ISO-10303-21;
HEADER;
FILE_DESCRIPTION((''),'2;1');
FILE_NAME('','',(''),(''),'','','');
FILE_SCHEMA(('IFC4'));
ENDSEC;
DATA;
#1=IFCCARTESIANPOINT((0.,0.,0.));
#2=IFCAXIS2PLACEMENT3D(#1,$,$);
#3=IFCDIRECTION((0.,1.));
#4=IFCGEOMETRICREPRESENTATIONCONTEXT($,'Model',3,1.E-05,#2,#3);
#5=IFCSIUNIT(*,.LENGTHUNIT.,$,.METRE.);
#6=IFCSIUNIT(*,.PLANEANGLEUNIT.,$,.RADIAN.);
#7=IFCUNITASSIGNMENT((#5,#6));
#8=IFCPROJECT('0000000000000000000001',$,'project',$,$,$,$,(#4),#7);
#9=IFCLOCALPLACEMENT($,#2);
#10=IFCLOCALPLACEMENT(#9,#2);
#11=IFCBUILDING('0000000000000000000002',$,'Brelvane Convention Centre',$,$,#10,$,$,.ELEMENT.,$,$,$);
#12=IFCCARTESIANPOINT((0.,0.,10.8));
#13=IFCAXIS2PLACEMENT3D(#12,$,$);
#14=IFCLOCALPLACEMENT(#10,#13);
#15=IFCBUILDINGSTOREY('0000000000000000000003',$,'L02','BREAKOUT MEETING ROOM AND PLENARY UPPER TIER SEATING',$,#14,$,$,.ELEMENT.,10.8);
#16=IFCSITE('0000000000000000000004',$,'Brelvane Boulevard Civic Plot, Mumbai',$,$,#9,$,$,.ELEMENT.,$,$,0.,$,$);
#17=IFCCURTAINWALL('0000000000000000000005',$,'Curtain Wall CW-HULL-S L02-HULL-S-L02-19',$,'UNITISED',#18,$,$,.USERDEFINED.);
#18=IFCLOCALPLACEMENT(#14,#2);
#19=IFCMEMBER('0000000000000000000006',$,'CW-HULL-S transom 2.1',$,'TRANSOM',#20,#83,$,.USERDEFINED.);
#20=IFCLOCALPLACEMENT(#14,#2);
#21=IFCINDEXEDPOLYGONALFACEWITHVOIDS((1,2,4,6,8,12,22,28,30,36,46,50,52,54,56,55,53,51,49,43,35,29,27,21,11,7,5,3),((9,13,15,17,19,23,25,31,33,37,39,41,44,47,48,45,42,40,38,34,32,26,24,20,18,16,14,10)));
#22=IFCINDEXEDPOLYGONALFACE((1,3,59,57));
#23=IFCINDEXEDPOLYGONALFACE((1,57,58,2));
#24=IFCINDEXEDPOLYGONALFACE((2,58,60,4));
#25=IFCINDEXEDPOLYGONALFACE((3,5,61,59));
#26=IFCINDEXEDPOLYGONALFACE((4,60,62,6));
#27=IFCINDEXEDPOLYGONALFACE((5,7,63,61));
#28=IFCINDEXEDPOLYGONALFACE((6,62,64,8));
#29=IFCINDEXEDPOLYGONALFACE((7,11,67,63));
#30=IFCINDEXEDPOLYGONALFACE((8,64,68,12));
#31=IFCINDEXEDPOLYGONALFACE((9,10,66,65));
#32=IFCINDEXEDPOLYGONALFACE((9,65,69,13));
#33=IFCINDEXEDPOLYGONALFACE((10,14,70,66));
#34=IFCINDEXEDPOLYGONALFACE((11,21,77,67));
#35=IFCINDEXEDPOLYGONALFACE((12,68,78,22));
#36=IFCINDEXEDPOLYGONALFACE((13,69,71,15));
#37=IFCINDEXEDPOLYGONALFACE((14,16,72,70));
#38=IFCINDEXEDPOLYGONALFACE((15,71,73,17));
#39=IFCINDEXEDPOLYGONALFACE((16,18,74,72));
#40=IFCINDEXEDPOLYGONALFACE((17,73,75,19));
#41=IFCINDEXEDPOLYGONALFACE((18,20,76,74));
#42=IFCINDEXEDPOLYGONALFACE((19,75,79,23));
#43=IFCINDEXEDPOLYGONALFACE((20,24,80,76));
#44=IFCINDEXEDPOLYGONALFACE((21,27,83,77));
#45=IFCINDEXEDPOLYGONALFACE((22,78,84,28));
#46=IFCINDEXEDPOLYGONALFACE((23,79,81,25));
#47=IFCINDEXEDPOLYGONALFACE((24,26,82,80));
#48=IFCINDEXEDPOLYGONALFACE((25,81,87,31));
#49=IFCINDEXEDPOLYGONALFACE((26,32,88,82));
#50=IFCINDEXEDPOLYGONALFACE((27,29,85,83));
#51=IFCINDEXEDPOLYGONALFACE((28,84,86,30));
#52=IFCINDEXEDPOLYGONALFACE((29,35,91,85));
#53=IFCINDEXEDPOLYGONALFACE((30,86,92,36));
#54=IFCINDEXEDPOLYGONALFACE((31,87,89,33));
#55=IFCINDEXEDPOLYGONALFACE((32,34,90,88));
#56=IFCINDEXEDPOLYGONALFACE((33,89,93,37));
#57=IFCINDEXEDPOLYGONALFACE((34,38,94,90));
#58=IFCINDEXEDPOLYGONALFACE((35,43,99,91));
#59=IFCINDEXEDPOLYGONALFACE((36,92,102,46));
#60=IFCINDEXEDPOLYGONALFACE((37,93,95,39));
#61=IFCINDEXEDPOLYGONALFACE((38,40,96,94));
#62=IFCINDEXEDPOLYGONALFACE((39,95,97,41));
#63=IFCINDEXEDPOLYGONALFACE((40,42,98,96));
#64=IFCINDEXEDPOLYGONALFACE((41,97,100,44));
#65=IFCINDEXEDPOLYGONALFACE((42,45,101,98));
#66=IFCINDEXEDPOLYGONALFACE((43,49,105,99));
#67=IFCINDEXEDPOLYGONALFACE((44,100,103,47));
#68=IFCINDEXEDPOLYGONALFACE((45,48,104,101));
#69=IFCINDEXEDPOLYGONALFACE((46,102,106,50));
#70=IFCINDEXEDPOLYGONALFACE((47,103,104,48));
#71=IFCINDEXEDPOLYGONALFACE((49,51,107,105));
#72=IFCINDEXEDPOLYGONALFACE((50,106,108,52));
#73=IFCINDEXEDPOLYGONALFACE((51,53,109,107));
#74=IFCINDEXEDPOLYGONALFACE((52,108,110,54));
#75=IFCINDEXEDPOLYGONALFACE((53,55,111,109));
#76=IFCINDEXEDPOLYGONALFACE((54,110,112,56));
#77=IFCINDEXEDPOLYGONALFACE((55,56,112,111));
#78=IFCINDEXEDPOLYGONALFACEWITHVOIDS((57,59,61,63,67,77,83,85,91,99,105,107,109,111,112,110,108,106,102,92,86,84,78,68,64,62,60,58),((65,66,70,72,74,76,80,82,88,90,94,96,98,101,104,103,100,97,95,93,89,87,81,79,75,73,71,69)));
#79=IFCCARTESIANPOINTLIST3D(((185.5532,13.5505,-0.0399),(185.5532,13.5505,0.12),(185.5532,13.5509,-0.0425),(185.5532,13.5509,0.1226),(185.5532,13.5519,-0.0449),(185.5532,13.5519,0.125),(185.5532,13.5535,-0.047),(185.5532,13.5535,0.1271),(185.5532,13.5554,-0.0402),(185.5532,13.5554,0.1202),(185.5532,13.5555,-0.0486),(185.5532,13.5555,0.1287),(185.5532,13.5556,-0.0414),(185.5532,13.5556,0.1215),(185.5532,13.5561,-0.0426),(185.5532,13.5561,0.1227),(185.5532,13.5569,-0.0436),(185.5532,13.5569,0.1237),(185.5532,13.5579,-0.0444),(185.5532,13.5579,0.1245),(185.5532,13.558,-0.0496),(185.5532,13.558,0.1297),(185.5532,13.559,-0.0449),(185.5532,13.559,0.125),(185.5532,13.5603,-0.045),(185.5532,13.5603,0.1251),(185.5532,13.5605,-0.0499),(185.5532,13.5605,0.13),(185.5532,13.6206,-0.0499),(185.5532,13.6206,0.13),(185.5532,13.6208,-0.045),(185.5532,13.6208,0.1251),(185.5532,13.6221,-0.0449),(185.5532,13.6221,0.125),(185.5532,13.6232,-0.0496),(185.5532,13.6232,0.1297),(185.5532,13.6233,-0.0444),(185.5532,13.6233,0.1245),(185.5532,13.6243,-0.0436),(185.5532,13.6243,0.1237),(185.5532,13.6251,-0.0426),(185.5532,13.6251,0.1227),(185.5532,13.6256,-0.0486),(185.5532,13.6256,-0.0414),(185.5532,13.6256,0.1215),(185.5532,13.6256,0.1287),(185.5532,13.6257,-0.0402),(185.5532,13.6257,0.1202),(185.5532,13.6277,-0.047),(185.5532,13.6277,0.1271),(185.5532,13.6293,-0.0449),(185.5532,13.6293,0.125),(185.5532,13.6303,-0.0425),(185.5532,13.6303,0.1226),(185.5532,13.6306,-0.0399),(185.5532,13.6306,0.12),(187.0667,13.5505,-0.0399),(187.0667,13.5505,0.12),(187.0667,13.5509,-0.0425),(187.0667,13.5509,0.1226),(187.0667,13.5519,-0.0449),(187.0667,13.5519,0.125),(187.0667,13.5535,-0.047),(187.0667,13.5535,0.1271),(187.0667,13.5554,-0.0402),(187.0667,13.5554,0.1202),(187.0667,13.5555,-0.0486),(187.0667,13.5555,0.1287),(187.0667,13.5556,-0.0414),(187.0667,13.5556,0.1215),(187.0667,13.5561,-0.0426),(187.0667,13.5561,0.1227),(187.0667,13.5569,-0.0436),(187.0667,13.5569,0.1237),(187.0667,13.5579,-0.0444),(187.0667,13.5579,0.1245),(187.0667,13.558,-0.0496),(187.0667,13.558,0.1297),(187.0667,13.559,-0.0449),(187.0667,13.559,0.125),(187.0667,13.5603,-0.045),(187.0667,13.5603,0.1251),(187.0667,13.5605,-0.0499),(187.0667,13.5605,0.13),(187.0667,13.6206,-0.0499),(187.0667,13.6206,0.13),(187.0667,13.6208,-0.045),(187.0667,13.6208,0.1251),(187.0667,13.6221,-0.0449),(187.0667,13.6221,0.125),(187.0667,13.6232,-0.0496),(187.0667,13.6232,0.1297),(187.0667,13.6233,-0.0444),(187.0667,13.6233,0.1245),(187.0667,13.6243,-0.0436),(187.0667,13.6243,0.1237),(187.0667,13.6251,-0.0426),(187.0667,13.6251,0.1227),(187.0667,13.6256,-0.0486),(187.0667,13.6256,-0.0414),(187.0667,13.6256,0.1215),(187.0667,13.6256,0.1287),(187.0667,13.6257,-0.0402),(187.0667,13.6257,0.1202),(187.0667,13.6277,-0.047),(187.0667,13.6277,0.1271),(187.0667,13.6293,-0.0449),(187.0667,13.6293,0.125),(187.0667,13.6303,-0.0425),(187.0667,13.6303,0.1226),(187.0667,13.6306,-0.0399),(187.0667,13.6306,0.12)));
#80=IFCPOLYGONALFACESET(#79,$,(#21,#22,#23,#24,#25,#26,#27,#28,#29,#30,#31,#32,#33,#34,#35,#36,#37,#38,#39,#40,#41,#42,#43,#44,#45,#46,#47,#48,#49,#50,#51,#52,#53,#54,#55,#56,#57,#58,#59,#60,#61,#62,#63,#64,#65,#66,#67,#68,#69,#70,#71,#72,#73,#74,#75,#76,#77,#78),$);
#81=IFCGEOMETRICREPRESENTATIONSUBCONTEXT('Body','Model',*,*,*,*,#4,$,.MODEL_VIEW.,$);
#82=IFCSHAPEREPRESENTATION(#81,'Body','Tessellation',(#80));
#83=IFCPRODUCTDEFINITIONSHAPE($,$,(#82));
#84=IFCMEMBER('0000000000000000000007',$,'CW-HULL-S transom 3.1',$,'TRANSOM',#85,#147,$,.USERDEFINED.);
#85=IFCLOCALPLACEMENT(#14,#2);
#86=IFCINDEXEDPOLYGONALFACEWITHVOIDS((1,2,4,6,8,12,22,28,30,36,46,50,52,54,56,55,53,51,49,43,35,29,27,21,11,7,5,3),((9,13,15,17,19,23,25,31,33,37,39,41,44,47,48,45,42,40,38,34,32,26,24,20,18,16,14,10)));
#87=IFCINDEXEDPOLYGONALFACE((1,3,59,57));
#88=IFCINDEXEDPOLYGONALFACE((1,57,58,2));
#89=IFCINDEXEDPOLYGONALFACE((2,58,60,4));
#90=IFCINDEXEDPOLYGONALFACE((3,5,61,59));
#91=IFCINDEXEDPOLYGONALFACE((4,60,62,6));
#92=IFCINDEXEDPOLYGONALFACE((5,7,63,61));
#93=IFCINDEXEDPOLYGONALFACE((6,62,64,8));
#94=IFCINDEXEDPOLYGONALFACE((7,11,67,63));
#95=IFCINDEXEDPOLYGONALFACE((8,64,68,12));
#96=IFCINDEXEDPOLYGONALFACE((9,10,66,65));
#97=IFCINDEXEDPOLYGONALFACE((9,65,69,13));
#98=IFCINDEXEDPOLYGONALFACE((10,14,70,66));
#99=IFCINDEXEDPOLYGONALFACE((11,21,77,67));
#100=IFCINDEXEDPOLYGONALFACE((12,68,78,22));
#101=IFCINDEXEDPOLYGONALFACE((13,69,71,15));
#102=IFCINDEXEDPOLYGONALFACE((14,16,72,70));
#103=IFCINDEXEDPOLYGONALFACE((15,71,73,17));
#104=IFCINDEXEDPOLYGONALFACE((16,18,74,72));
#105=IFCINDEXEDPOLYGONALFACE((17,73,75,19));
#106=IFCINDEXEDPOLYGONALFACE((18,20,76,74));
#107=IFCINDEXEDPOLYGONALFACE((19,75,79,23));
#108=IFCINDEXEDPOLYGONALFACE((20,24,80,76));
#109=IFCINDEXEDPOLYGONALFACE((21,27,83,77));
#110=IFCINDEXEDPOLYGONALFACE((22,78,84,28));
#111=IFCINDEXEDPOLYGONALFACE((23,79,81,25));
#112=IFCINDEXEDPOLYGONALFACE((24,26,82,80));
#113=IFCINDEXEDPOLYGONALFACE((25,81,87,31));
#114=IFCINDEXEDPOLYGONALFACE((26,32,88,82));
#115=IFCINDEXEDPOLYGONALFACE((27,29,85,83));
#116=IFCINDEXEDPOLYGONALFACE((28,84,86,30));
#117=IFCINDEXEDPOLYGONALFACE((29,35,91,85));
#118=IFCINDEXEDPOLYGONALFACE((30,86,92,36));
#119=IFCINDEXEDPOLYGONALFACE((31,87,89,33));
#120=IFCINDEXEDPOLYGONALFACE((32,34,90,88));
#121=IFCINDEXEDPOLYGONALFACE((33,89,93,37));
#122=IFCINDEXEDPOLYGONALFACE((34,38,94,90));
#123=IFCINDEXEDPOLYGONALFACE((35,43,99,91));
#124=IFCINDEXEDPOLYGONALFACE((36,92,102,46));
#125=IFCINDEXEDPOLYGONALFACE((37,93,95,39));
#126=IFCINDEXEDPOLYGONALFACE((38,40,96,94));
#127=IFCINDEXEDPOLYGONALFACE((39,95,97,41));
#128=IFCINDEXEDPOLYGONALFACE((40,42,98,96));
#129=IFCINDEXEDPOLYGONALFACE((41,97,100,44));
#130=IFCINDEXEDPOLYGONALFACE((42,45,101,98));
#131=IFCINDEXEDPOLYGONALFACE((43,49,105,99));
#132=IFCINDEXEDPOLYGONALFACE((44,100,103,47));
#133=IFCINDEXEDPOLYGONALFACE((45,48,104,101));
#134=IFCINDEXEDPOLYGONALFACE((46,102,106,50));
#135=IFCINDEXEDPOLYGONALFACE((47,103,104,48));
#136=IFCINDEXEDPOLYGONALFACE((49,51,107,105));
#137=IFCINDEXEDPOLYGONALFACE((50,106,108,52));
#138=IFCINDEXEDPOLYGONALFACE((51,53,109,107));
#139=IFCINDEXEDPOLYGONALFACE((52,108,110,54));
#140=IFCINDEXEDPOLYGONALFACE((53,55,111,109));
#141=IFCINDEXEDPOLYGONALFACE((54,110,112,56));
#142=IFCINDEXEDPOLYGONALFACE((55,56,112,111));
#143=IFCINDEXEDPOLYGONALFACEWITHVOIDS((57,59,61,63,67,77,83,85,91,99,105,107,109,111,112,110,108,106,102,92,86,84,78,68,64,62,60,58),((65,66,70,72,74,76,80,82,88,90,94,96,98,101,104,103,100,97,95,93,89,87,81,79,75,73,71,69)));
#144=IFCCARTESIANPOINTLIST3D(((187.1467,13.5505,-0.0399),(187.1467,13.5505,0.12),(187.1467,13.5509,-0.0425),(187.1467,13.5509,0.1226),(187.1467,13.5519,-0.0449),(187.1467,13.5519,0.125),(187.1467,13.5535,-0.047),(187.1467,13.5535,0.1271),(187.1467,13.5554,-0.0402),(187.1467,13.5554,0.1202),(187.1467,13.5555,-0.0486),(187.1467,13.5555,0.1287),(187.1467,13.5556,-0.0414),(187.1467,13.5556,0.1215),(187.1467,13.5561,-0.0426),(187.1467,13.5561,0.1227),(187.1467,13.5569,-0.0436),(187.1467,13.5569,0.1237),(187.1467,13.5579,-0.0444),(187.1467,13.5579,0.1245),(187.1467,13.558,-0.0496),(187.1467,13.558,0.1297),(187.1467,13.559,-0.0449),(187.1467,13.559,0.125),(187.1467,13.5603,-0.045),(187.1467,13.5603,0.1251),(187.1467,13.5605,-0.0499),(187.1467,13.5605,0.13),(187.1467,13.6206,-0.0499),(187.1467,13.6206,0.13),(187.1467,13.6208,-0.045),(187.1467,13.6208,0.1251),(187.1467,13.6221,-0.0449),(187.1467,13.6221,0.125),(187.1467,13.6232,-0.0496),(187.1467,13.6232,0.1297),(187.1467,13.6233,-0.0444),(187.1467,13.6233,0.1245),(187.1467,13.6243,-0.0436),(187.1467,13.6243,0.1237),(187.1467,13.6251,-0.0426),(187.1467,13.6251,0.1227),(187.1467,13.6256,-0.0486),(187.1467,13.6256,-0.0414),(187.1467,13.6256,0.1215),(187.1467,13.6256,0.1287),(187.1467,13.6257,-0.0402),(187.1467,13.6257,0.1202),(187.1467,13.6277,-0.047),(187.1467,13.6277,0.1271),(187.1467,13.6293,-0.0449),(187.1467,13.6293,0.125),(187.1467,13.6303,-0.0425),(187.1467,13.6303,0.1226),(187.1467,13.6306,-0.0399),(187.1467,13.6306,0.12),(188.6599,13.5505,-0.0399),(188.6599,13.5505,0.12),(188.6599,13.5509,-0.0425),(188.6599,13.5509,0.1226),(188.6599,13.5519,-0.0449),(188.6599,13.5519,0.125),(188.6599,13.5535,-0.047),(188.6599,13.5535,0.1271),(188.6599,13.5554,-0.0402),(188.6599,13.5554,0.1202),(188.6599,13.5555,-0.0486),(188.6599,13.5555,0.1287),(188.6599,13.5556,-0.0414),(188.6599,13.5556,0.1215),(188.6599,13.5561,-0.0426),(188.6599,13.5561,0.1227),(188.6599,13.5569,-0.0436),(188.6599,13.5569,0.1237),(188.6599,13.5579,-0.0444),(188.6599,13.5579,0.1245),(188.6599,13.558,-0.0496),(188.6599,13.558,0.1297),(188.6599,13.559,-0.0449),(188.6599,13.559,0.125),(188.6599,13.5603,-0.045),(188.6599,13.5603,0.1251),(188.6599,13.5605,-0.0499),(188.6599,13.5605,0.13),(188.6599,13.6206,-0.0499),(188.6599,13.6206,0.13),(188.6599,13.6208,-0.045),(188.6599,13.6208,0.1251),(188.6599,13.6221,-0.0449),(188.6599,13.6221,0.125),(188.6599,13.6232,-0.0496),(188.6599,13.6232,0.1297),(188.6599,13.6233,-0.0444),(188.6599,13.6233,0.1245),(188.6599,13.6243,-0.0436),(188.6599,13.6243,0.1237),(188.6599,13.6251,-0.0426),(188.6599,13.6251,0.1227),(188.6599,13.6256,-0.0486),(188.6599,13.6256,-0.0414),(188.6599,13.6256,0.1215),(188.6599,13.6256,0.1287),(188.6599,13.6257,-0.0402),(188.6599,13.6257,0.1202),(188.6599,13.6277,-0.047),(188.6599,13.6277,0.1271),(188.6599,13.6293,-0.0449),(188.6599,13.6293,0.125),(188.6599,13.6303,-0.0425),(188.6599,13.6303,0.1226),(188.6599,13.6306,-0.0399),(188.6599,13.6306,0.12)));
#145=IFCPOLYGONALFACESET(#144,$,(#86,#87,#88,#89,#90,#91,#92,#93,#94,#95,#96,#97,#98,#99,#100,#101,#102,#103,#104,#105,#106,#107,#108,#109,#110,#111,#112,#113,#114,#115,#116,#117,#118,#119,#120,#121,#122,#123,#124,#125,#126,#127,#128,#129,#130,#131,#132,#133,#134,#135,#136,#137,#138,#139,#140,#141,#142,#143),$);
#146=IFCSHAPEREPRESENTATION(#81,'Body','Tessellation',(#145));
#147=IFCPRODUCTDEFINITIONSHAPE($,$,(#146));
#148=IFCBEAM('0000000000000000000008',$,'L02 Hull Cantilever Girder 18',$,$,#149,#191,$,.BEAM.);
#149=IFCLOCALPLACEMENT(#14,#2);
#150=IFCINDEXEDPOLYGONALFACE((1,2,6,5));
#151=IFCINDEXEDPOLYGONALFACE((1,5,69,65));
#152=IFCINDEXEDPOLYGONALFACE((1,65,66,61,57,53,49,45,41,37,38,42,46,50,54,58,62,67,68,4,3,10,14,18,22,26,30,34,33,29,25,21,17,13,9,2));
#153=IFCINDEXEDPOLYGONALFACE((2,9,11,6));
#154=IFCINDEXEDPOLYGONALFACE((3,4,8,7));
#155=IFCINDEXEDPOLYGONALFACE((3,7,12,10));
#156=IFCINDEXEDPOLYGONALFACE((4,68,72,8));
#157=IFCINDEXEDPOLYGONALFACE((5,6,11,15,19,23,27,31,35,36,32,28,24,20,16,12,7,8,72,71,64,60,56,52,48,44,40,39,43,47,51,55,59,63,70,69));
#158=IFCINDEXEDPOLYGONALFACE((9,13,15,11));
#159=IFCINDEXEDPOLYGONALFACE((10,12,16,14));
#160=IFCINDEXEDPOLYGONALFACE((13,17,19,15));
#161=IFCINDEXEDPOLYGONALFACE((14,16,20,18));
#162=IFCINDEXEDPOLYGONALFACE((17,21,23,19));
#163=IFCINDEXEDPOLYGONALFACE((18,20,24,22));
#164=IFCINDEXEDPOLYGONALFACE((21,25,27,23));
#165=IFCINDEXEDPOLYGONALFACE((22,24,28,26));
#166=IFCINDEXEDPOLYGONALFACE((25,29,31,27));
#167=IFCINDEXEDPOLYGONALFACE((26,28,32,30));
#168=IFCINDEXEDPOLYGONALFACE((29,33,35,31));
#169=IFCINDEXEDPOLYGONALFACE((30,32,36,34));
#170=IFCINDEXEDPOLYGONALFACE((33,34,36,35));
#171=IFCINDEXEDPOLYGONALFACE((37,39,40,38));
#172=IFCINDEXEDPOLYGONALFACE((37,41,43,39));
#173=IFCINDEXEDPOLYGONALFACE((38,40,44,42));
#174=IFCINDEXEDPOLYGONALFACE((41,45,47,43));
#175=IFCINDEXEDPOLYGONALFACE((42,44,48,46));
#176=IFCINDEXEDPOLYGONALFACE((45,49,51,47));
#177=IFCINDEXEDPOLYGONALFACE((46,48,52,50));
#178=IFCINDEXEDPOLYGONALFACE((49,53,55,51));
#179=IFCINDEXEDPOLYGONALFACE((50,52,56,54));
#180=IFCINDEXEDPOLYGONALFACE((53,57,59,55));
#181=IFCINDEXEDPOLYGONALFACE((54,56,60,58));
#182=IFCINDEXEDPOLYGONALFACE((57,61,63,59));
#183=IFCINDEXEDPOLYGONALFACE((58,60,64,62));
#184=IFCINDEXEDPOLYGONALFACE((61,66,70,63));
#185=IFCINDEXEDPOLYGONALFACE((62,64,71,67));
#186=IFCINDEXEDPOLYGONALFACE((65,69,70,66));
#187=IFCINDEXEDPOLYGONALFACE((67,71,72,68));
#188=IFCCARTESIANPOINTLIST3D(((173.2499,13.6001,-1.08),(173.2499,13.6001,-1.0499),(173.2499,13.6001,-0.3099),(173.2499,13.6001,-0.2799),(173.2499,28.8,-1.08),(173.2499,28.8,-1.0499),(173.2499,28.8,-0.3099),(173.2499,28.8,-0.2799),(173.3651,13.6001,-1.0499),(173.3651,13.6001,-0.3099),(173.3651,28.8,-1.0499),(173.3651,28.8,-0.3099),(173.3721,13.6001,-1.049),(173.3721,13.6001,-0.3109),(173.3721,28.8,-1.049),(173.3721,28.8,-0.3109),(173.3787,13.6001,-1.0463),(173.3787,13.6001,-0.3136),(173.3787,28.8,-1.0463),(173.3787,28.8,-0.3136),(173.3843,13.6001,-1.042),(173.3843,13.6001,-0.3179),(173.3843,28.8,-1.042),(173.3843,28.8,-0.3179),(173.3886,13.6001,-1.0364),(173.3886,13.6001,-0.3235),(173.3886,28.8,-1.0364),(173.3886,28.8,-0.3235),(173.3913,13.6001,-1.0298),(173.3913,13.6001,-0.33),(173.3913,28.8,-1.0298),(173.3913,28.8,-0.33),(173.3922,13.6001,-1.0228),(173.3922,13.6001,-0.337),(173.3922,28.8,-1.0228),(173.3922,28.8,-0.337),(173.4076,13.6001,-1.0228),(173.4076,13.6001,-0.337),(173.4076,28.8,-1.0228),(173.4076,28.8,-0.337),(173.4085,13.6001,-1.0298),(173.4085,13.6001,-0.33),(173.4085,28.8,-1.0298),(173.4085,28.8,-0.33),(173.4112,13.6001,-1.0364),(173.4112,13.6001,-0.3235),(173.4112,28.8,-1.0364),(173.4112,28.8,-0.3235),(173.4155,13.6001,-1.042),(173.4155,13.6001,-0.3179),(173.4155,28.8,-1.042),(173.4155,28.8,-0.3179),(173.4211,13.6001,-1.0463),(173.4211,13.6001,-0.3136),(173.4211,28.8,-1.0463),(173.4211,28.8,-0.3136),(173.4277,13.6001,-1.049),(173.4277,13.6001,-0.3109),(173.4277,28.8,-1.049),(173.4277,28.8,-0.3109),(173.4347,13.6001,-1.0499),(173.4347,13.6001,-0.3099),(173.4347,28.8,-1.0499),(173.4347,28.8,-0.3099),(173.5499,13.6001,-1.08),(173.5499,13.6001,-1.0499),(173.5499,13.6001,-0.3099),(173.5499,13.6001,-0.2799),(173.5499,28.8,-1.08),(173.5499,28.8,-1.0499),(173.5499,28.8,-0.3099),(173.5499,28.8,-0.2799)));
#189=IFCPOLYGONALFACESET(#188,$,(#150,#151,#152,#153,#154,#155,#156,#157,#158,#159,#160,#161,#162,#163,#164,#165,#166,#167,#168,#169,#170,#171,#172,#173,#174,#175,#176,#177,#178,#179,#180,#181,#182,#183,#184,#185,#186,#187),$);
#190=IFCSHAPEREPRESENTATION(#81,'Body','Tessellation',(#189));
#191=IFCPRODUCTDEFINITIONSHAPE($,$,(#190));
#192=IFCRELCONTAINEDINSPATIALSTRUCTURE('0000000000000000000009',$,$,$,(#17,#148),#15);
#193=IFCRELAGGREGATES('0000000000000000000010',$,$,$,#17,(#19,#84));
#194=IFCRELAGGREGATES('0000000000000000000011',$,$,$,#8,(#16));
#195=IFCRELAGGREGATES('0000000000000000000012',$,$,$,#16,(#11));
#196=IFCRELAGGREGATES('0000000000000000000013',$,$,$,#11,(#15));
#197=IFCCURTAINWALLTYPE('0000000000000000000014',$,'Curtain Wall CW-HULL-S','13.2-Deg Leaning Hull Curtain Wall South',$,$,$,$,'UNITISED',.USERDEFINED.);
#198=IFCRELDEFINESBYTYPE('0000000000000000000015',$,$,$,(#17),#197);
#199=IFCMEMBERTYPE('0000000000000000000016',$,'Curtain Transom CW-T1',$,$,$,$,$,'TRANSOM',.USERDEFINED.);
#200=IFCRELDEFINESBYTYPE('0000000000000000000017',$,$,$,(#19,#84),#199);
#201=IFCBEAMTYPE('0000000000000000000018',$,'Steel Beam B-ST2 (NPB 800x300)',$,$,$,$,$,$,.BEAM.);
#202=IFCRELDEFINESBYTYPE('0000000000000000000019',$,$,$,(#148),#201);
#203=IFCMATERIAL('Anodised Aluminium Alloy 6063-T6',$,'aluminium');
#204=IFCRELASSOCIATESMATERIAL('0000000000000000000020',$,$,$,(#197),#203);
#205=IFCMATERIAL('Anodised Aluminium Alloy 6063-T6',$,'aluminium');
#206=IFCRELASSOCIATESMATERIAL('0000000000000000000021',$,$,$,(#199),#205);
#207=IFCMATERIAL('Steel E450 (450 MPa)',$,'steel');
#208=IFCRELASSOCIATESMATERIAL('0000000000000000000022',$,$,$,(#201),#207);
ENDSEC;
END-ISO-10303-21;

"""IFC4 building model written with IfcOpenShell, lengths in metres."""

from ifc_helpers import new_model, si_unit, direction, frame, origin, origin_2d, place, context, subcontext, project, spatial, hollow_rectangle, i_section, extrude, material, material_profile, profile_set, type_object, element, aggregate, save


model = new_model("IFC4")

# Units and contexts
model_context = context("Model", 3, precision=1e-05, world=origin(), true_north=direction((0.0, 1.0)))
body_context = subcontext(model_context, "Body", "Model", "MODEL_VIEW")
ifc_project = project(units=[si_unit("LENGTHUNIT", "METRE"), si_unit("PLANEANGLEUNIT", "RADIAN")], contexts=[model_context])

# Site, building, storey
site_placement = place(None, origin())
site = spatial("IfcSite", under=ifc_project, at=site_placement, Name="Brelvane Boulevard Civic Plot, Mumbai", CompositionType="ELEMENT", RefElevation=0.0)
building_placement = place(site_placement, origin())
building = spatial("IfcBuilding", under=site, at=building_placement, Name="Brelvane Convention Centre", CompositionType="ELEMENT")
storey_placement = place(building_placement, frame((0.0, 0.0, 10.8)))
storey = spatial("IfcBuildingStorey", under=building, at=storey_placement, Name="L02", Description="BREAKOUT MEETING ROOM AND PLENARY UPPER TIER SEATING", CompositionType="ELEMENT", Elevation=10.8)

# Shared definitions
ifc_material_1 = material(Name="Anodised Aluminium Alloy 6063-T6", Category="aluminium")
curtain_wall_type = type_object("IfcCurtainWallType", Name="Curtain Wall CW-HULL-S", Description="13.2-Deg Leaning Hull Curtain Wall South", ElementType="UNITISED", PredefinedType="USERDEFINED", material=ifc_material_1)

# Shared definitions
ifc_material_2 = material(Name="Anodised Aluminium Alloy 6063-T6", Category="aluminium")
ifc_material_profile_1 = material_profile(ifc_material_2, hollow_rectangle(XDim=0.0801, YDim=0.1799, WallThickness=0.0049, InnerFilletRadius=0.0049, OuterFilletRadius=0.01, at=origin_2d()), Name="ALU-T 180x80x5.0")
ifc_profile_set_1 = profile_set([ifc_material_profile_1], Name="Anodised Aluminium Alloy 6063-T6")
member_type_1 = type_object("IfcMemberType", Name="Curtain Transom CW-T1", ElementType="TRANSOM", PredefinedType="USERDEFINED", material=ifc_profile_set_1)

# Curtain wall, members
curtain_wall_1_placement = place(storey_placement, origin())
curtain_wall_1 = element("IfcCurtainWall", 1, at=curtain_wall_1_placement, inside=storey, type_object=curtain_wall_type, Name="Curtain Wall CW-HULL-S L02-HULL-S-L02-19", ObjectType="UNITISED", PredefinedType="USERDEFINED")
member_1_placement = place(storey_placement, frame((185.5532, 13.5906, 0.04), z_axis=(1.0, 0.0, 0.0), x_axis=(0.0, 1.0, 0.0)))
member_1 = element("IfcMember", 2, at=member_1_placement, type_object=member_type_1, Name="CW-HULL-S transom 2.1", ObjectType="TRANSOM", PredefinedType="USERDEFINED", context=body_context, shape_type="SweptSolid", body=[
    extrude(hollow_rectangle(XDim=0.0801, YDim=0.1799, WallThickness=0.0049, InnerFilletRadius=0.0049, OuterFilletRadius=0.01, at=origin_2d()), origin(), (0.0, 0.0, 1.0), 1.5134),
])
member_2_placement = place(storey_placement, frame((187.1467, 13.5906, 0.04), z_axis=(1.0, 0.0, 0.0), x_axis=(0.0, 1.0, 0.0)))
member_2 = element("IfcMember", 3, at=member_2_placement, type_object=member_type_1, Name="CW-HULL-S transom 3.1", ObjectType="TRANSOM", PredefinedType="USERDEFINED", context=body_context, shape_type="SweptSolid", body=[
    extrude(hollow_rectangle(XDim=0.0801, YDim=0.1799, WallThickness=0.0049, InnerFilletRadius=0.0049, OuterFilletRadius=0.01, at=origin_2d()), origin(), (0.0, 0.0, 1.0), 1.5132),
])

# Beam
ifc_material_3 = material(Name="Steel E450 (450 MPa)", Category="steel")
ifc_material_profile_2 = material_profile(ifc_material_3, i_section(OverallWidth=0.3, OverallDepth=0.8, WebThickness=0.0154, FlangeThickness=0.03, FilletRadius=0.0271, at=origin_2d()), Name="NPB 800x300")
ifc_profile_set_2 = profile_set([ifc_material_profile_2], Name="Steel E450 (450 MPa)")
beam_type_1 = type_object("IfcBeamType", Name="Steel Beam B-ST2 (NPB 800x300)", PredefinedType="BEAM", material=ifc_profile_set_2)
for number, where, z_axis, x_axis, name in (
    (4, (173.3999, 13.6001, -0.6799), (0.0, 1.0, 0.0), (-1.0, 0.0, 0.0), "L02 Hull Cantilever Girder 18"),
):
    element("IfcBeam", number, at=place(storey_placement, frame(where, z_axis=z_axis, x_axis=x_axis)), inside=storey, type_object=beam_type_1, Name=name, PredefinedType="BEAM", context=body_context, shape_type="SweptSolid", body=[
        extrude(i_section(OverallWidth=0.3, OverallDepth=0.8, WebThickness=0.0154, FlangeThickness=0.03, FilletRadius=0.0271, at=origin_2d()), origin(), (0.0, 0.0, 1.0), 15.2),
    ])

aggregate(curtain_wall_1, [member_1, member_2])

save(model, "model.ifc")
